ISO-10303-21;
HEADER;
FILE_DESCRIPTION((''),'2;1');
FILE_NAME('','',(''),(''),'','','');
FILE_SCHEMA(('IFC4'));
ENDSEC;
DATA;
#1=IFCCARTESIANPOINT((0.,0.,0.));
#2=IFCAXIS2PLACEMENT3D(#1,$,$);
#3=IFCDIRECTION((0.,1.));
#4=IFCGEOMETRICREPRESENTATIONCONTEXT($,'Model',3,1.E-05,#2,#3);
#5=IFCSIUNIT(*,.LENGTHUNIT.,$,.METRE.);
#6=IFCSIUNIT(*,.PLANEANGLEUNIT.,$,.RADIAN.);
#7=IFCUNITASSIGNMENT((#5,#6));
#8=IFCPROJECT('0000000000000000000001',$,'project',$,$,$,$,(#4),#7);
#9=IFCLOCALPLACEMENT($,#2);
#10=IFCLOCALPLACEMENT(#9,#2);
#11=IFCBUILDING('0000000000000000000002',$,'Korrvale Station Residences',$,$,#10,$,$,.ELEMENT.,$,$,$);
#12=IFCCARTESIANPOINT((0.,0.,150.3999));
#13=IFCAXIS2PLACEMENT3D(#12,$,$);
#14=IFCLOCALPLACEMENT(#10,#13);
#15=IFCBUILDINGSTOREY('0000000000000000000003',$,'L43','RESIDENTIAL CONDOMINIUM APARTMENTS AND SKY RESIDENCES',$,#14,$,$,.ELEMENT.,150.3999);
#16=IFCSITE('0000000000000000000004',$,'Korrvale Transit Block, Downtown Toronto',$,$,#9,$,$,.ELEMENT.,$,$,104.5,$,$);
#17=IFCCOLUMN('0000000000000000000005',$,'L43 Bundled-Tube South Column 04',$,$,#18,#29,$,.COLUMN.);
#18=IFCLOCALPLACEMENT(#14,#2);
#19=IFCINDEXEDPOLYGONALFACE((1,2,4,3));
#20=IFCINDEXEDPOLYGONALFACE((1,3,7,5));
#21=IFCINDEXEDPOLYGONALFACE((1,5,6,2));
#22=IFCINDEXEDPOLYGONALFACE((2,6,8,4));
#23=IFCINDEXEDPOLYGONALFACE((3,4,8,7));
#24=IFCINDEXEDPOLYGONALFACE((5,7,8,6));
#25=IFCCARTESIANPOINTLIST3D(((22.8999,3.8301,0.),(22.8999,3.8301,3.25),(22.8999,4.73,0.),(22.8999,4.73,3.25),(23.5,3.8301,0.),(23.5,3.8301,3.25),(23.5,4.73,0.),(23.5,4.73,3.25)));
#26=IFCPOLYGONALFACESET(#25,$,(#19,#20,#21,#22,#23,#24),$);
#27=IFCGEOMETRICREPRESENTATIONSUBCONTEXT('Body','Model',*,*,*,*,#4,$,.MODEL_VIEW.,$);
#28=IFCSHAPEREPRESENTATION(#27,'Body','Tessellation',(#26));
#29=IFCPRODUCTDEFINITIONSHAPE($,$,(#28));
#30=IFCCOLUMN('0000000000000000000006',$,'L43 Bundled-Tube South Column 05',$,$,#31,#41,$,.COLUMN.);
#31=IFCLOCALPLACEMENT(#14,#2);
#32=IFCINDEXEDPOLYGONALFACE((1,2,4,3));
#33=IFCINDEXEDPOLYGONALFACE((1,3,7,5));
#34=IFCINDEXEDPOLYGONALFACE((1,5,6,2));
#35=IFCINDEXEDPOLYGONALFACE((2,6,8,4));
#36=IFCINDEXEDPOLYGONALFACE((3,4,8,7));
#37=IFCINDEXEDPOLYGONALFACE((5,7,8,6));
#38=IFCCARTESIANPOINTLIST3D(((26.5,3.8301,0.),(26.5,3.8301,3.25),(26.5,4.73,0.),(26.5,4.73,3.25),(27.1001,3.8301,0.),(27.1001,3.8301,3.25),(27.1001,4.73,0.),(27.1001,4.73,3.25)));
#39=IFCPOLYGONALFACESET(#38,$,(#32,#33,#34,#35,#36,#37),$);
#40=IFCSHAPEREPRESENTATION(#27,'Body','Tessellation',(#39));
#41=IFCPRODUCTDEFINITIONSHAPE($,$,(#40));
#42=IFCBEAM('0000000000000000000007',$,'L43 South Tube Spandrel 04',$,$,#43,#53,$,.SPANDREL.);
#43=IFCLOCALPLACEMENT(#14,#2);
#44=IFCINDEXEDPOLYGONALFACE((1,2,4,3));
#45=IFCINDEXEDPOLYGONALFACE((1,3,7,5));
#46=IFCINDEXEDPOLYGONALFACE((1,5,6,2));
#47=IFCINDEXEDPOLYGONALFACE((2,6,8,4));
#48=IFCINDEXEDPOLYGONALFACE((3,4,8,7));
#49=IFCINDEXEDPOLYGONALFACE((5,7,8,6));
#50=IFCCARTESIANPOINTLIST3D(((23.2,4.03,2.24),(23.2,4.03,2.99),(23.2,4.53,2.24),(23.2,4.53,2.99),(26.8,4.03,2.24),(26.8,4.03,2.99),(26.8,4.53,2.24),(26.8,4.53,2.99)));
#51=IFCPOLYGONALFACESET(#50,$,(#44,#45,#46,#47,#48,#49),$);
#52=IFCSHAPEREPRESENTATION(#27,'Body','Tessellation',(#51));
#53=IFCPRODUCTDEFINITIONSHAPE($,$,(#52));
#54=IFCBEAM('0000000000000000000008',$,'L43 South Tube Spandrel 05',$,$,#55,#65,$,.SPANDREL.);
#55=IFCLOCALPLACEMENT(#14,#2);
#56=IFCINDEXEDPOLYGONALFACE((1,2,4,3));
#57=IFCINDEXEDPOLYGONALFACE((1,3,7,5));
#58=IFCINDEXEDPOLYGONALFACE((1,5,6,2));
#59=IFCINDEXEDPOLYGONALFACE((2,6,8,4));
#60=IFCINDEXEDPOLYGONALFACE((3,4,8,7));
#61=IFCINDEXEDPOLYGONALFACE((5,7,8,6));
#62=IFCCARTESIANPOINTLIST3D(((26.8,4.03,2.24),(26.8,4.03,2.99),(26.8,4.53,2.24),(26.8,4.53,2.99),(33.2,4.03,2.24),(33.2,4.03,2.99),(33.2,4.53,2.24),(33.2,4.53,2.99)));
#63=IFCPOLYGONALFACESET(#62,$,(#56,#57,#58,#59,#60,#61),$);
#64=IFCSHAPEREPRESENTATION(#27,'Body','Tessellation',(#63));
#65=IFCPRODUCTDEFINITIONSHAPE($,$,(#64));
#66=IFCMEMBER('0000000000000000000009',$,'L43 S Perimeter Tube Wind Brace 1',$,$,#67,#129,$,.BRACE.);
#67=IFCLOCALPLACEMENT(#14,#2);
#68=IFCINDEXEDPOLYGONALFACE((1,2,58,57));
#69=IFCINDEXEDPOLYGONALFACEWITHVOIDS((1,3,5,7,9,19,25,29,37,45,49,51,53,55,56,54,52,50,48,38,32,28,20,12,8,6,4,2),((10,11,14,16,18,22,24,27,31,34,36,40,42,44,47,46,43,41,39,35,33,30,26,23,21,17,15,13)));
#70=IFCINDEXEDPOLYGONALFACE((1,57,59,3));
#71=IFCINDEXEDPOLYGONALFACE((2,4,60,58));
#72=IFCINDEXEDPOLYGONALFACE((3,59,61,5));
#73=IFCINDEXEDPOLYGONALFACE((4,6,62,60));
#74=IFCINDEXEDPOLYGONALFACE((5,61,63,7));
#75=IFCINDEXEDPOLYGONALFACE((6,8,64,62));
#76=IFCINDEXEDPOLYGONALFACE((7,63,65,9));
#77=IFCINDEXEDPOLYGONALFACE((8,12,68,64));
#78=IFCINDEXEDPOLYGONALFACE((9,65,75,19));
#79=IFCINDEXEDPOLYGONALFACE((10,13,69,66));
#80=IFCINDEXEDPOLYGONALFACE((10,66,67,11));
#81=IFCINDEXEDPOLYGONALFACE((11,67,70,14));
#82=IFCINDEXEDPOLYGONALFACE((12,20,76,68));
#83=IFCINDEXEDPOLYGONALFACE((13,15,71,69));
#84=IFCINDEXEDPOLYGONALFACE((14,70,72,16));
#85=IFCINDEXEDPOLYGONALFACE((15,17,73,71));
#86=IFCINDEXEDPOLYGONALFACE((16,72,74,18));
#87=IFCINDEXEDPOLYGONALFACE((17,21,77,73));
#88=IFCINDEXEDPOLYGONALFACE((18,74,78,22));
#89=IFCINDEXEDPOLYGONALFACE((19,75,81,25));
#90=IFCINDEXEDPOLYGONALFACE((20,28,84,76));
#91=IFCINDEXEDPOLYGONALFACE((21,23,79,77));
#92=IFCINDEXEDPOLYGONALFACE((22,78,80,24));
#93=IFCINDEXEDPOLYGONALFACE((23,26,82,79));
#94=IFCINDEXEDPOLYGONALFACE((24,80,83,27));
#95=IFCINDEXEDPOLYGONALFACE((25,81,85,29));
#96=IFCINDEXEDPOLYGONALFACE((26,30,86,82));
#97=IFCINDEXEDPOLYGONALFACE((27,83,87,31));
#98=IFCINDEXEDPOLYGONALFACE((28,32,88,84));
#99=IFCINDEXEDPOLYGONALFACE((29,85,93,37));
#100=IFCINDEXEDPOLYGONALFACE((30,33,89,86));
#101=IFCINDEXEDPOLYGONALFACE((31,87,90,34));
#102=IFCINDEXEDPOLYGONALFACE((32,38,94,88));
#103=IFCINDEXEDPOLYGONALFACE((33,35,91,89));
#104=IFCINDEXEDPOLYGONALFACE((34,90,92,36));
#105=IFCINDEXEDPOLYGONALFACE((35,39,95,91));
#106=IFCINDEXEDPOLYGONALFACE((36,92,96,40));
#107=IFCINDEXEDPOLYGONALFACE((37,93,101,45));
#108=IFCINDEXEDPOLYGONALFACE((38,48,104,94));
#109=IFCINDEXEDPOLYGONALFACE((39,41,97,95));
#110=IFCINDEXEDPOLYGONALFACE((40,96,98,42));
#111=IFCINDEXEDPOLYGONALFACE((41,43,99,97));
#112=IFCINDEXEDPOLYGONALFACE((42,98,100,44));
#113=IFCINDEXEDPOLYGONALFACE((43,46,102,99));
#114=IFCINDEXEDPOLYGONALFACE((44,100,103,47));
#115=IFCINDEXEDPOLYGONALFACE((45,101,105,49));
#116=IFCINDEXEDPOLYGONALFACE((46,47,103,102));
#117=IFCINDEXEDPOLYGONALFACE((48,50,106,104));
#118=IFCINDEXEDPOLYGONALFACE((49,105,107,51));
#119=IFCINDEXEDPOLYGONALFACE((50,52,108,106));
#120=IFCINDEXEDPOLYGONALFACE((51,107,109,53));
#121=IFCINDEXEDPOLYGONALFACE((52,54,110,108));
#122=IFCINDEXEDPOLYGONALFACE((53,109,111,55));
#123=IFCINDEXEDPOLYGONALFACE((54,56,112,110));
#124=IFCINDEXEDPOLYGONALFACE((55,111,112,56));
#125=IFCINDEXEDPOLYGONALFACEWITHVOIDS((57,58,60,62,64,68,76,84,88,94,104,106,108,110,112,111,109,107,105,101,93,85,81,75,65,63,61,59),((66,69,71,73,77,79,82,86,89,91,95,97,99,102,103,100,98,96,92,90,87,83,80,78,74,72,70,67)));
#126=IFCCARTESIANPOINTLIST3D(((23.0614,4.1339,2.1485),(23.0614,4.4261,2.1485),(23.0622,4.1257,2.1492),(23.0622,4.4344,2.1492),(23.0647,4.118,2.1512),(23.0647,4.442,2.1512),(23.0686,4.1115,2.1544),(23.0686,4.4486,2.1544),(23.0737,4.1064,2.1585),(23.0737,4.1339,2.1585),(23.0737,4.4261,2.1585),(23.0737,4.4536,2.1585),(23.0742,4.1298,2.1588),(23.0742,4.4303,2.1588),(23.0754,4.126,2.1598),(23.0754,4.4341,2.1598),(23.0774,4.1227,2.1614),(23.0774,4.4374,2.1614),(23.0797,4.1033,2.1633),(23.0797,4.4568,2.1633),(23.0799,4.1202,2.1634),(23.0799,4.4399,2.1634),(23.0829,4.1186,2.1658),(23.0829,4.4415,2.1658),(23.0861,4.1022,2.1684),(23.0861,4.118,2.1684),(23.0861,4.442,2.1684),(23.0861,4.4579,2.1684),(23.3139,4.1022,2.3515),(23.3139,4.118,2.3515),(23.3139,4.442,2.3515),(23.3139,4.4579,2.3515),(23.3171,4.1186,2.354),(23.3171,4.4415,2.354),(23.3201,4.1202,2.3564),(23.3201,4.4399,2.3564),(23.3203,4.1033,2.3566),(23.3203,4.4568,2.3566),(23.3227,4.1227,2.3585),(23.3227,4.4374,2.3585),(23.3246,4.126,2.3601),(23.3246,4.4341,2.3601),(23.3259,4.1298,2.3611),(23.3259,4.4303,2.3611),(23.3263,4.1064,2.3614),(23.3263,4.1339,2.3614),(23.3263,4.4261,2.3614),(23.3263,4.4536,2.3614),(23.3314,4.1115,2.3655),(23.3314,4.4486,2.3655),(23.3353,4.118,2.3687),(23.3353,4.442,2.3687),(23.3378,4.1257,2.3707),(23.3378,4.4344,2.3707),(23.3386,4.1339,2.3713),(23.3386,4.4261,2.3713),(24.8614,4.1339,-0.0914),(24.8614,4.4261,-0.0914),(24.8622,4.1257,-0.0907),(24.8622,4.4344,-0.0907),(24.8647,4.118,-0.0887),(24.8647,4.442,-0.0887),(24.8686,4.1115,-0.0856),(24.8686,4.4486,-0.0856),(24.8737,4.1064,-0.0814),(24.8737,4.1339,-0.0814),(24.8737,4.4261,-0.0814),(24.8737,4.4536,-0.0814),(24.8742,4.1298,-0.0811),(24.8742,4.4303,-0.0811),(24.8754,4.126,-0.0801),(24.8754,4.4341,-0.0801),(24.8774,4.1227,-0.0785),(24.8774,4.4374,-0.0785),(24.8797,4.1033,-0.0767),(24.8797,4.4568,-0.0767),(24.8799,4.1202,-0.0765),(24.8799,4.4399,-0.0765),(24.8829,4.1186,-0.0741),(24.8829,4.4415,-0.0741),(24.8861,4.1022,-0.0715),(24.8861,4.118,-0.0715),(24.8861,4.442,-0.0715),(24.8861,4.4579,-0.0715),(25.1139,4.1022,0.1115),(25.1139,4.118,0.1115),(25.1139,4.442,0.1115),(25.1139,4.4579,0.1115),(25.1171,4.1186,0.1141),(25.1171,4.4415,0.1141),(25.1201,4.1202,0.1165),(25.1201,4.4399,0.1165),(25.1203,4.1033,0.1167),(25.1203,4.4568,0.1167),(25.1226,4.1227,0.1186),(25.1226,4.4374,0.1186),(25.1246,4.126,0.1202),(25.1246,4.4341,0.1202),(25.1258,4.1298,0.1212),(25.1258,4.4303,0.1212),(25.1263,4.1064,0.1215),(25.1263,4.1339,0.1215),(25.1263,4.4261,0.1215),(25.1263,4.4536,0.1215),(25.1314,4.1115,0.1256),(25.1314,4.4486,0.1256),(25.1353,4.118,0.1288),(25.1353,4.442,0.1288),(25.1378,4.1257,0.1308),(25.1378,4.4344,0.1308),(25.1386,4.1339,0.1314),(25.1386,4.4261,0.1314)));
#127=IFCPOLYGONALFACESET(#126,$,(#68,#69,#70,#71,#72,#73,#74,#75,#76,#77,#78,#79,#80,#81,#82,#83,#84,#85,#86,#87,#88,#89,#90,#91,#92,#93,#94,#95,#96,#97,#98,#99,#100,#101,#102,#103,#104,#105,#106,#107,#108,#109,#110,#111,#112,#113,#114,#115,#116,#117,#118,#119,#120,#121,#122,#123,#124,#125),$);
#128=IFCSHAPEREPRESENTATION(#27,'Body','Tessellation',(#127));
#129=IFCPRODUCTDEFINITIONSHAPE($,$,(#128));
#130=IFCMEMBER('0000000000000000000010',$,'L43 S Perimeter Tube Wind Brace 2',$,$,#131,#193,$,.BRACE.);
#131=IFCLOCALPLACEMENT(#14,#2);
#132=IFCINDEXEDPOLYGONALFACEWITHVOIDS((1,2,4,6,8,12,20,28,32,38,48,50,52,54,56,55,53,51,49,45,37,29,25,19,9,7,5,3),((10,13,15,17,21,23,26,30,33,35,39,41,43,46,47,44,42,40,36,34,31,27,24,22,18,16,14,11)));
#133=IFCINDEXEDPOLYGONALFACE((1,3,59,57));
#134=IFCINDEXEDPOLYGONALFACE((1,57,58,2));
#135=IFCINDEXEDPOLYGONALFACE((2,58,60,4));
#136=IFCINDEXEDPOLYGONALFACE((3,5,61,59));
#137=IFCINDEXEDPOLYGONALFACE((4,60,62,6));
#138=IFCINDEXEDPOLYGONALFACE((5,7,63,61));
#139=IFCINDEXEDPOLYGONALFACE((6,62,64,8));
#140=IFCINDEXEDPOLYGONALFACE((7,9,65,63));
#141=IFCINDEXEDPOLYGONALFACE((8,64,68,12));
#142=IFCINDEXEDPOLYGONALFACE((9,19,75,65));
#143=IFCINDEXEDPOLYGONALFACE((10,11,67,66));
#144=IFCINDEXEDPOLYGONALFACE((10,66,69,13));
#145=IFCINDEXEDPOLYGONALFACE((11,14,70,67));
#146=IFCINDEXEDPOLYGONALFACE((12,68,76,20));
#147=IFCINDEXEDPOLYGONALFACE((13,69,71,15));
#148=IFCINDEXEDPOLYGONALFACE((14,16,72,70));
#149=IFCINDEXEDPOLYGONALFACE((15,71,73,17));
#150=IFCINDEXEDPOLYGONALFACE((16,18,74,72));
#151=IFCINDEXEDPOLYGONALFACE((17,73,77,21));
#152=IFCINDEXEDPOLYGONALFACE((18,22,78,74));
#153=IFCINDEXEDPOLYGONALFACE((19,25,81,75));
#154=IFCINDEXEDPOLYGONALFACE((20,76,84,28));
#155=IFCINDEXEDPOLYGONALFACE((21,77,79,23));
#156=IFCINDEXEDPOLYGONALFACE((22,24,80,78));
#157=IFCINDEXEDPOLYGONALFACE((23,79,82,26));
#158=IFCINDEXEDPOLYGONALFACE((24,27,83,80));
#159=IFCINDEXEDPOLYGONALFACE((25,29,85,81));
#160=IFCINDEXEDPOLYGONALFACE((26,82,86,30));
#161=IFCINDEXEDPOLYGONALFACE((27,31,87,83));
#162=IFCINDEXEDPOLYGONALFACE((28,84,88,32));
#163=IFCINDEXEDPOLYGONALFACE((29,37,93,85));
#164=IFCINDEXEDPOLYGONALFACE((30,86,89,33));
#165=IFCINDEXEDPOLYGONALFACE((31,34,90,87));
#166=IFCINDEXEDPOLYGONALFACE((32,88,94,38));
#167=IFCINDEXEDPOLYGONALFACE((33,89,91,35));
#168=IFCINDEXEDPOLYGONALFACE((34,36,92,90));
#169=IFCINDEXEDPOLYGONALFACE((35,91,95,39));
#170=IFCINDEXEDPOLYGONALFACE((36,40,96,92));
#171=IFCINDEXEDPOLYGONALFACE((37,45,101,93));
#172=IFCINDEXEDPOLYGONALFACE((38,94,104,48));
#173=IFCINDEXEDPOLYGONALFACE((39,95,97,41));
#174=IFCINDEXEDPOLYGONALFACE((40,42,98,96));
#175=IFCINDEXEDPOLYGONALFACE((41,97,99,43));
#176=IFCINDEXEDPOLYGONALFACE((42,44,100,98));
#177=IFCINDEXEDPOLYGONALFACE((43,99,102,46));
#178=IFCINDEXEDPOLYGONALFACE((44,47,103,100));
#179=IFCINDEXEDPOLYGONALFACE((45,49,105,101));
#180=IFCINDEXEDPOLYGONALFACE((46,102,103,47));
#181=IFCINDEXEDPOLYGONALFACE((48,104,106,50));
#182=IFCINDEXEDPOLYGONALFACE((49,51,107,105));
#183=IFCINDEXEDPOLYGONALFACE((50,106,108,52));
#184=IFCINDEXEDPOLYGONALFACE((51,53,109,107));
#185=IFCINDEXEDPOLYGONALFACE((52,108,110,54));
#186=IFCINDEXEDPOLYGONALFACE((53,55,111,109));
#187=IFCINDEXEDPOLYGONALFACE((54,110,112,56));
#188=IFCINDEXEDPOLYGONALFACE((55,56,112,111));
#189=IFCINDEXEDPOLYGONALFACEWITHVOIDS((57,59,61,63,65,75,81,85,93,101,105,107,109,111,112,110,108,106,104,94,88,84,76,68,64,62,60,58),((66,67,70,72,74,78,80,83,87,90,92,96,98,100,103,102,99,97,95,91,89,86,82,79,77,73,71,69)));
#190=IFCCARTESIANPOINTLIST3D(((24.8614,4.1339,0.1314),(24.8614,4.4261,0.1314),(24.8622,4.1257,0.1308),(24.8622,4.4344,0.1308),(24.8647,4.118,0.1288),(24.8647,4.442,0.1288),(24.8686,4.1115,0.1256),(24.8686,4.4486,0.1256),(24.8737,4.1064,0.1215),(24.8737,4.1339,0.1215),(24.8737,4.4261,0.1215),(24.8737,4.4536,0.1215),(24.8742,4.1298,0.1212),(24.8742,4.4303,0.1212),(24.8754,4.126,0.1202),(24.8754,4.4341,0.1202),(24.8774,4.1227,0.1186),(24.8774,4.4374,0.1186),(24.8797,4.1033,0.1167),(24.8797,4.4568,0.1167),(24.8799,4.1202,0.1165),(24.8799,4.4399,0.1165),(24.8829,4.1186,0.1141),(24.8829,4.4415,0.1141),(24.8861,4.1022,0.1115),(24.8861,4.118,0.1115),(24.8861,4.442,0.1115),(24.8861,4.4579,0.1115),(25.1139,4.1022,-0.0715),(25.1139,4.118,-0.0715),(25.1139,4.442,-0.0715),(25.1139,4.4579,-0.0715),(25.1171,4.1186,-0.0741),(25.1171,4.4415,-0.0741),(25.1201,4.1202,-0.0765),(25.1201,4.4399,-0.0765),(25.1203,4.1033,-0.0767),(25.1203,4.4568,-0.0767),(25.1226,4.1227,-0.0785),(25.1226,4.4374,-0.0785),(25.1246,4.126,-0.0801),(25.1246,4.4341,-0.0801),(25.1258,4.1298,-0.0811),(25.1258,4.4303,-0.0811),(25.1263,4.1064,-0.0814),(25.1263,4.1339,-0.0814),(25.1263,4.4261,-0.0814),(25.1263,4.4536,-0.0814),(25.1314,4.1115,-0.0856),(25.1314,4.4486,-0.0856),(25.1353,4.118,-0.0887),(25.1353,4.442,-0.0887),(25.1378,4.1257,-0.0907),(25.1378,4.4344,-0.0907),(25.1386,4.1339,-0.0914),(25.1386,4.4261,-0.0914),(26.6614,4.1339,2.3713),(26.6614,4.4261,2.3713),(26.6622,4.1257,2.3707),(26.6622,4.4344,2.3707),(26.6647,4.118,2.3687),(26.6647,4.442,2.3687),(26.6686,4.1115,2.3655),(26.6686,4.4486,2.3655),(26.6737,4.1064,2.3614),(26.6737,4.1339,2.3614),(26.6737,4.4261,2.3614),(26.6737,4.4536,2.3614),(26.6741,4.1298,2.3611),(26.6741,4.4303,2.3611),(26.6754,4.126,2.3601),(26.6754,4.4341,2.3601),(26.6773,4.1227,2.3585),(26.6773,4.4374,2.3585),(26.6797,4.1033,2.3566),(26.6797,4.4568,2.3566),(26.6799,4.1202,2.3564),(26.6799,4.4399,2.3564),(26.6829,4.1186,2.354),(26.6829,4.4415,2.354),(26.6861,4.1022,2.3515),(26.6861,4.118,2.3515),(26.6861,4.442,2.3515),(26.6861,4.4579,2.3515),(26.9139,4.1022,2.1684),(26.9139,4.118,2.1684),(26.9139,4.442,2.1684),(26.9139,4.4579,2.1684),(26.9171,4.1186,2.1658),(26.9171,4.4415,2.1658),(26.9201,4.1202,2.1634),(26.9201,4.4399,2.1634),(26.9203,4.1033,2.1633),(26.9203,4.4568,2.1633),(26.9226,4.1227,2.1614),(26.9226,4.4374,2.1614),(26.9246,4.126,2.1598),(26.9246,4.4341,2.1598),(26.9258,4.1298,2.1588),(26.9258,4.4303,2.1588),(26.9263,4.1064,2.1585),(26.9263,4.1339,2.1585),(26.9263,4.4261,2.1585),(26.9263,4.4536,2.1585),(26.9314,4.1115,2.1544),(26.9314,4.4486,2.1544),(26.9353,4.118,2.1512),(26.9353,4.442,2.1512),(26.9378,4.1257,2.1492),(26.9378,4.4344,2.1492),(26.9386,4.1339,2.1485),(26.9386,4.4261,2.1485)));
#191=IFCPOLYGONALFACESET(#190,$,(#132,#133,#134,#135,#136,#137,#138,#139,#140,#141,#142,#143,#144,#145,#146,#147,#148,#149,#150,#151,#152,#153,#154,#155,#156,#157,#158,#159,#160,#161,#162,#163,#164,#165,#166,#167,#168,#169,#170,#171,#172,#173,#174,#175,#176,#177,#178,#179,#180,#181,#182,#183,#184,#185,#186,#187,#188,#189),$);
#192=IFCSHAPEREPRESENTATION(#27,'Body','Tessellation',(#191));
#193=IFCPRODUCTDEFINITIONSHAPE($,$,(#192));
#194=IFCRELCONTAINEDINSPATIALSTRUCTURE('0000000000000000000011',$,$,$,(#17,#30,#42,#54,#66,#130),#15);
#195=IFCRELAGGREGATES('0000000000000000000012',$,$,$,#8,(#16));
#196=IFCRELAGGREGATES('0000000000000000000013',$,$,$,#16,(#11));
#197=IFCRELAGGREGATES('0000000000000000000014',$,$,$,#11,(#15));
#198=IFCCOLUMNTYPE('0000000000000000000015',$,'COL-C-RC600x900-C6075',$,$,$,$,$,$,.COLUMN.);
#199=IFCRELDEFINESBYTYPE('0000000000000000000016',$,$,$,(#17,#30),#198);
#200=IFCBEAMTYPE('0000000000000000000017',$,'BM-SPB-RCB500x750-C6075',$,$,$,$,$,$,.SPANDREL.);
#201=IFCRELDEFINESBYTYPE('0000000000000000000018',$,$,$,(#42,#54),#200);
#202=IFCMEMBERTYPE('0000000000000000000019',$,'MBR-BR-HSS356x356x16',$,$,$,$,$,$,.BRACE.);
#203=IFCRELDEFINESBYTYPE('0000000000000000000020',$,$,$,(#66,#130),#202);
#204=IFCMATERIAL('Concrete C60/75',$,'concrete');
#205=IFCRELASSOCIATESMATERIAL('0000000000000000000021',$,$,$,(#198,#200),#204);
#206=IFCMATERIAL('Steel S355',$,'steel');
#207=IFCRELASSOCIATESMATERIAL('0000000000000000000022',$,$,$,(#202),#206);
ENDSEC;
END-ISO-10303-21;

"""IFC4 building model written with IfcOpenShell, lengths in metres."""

from ifc_helpers import new_model, si_unit, direction, frame, origin, origin_2d, place, context, subcontext, project, spatial, rectangle, hollow_rectangle, extrude, material, material_profile, profile_set, type_object, element, save


model = new_model("IFC4")

# Units and contexts
model_context = context("Model", 3, precision=1e-05, world=origin(), true_north=direction((0.0, 1.0)))
body_context = subcontext(model_context, "Body", "Model", "MODEL_VIEW")
ifc_project = project(units=[si_unit("LENGTHUNIT", "METRE"), si_unit("PLANEANGLEUNIT", "RADIAN")], contexts=[model_context])

# Site, building, storey
site_placement = place(None, origin())
site = spatial("IfcSite", under=ifc_project, at=site_placement, Name="Korrvale Transit Block, Downtown Toronto", CompositionType="ELEMENT", RefElevation=104.5)
building_placement = place(site_placement, origin())
building = spatial("IfcBuilding", under=site, at=building_placement, Name="Korrvale Station Residences", CompositionType="ELEMENT")
storey_placement = place(building_placement, frame((0.0, 0.0, 150.3999)))
storey = spatial("IfcBuildingStorey", under=building, at=storey_placement, Name="L43", Description="RESIDENTIAL CONDOMINIUM APARTMENTS AND SKY RESIDENCES", CompositionType="ELEMENT", Elevation=150.3999)

# Columns
ifc_material_1 = material(Name="Concrete C60/75", Category="concrete")
ifc_material_profile_1 = material_profile(ifc_material_1, rectangle(XDim=0.6001, YDim=0.8999, at=origin_2d()), Name="RC600x900")
ifc_profile_set_1 = profile_set([ifc_material_profile_1], Name="Concrete C60/75")
column_type = type_object("IfcColumnType", Name="COL-C-RC600x900-C6075", PredefinedType="COLUMN", material=ifc_profile_set_1)
for number, where, z_axis, x_axis, name in (
    (1, (23.2, 4.28, 0.0), (0.0, 0.0, 1.0), (1.0, 0.0, 0.0), "L43 Bundled-Tube South Column 04"),
    (2, (26.8, 4.28, 0.0), (0.0, 0.0, 1.0), (1.0, 0.0, 0.0), "L43 Bundled-Tube South Column 05"),
):
    element("IfcColumn", number, at=place(storey_placement, frame(where, z_axis=z_axis, x_axis=x_axis)), inside=storey, type_object=column_type, Name=name, PredefinedType="COLUMN", context=body_context, shape_type="SweptSolid", body=[
        extrude(rectangle(XDim=0.6001, YDim=0.8999, at=origin_2d()), origin(), (0.0, 0.0, 1.0), 3.25),
    ])

# Beams
ifc_material_profile_2 = material_profile(ifc_material_1, rectangle(XDim=0.5, YDim=0.75, at=origin_2d()), Name="RCB500x750")
ifc_profile_set_2 = profile_set([ifc_material_profile_2], Name="Concrete C60/75")
beam_type = type_object("IfcBeamType", Name="BM-SPB-RCB500x750-C6075", PredefinedType="SPANDREL", material=ifc_profile_set_2)
beam_1_placement = place(storey_placement, frame((23.2, 4.28, 2.615), z_axis=(1.0, 0.0, 0.0), x_axis=(0.0, 1.0, 0.0)))
element("IfcBeam", 3, at=beam_1_placement, inside=storey, type_object=beam_type, Name="L43 South Tube Spandrel 04", PredefinedType="SPANDREL", context=body_context, shape_type="SweptSolid", body=[
    extrude(rectangle(XDim=0.5, YDim=0.75, at=origin_2d()), origin(), (0.0, 0.0, 1.0), 3.6001),
])
beam_2_placement = place(storey_placement, frame((26.8, 4.28, 2.615), z_axis=(1.0, 0.0, 0.0), x_axis=(0.0, 1.0, 0.0)))
element("IfcBeam", 4, at=beam_2_placement, inside=storey, type_object=beam_type, Name="L43 South Tube Spandrel 05", PredefinedType="SPANDREL", context=body_context, shape_type="SweptSolid", body=[
    extrude(rectangle(XDim=0.5, YDim=0.75, at=origin_2d()), origin(), (0.0, 0.0, 1.0), 6.3999),
])

# Members
ifc_material_2 = material(Name="Steel S355", Category="steel")
ifc_material_profile_3 = material_profile(ifc_material_2, hollow_rectangle(XDim=0.3557, YDim=0.3557, WallThickness=0.0159, InnerFilletRadius=0.0159, OuterFilletRadius=0.0317, at=origin_2d()), Name="HSS356x356x16")
ifc_profile_set_3 = profile_set([ifc_material_profile_3], Name="Steel S355")
member_type = type_object("IfcMemberType", Name="MBR-BR-HSS356x356x16", PredefinedType="BRACE", material=ifc_profile_set_3)
for number, where, z_axis, x_axis, name in (
    (5, (25.0, 4.28, 0.02), (-0.626403, 0.0, 0.779499), (0.0, -1.0, 0.0), "L43 S Perimeter Tube Wind Brace 1"),
    (6, (25.0, 4.28, 0.02), (0.626403, 0.0, 0.779499), (0.0, 1.0, 0.0), "L43 S Perimeter Tube Wind Brace 2"),
):
    element("IfcMember", number, at=place(storey_placement, frame(where, z_axis=z_axis, x_axis=x_axis)), inside=storey, type_object=member_type, Name=name, PredefinedType="BRACE", context=body_context, shape_type="SweptSolid", body=[
        extrude(hollow_rectangle(XDim=0.3557, YDim=0.3557, WallThickness=0.0159, InnerFilletRadius=0.0159, OuterFilletRadius=0.0317, at=origin_2d()), origin(), (0.0, 0.0, 1.0), 2.8735),
    ])

save(model, "model.ifc")
